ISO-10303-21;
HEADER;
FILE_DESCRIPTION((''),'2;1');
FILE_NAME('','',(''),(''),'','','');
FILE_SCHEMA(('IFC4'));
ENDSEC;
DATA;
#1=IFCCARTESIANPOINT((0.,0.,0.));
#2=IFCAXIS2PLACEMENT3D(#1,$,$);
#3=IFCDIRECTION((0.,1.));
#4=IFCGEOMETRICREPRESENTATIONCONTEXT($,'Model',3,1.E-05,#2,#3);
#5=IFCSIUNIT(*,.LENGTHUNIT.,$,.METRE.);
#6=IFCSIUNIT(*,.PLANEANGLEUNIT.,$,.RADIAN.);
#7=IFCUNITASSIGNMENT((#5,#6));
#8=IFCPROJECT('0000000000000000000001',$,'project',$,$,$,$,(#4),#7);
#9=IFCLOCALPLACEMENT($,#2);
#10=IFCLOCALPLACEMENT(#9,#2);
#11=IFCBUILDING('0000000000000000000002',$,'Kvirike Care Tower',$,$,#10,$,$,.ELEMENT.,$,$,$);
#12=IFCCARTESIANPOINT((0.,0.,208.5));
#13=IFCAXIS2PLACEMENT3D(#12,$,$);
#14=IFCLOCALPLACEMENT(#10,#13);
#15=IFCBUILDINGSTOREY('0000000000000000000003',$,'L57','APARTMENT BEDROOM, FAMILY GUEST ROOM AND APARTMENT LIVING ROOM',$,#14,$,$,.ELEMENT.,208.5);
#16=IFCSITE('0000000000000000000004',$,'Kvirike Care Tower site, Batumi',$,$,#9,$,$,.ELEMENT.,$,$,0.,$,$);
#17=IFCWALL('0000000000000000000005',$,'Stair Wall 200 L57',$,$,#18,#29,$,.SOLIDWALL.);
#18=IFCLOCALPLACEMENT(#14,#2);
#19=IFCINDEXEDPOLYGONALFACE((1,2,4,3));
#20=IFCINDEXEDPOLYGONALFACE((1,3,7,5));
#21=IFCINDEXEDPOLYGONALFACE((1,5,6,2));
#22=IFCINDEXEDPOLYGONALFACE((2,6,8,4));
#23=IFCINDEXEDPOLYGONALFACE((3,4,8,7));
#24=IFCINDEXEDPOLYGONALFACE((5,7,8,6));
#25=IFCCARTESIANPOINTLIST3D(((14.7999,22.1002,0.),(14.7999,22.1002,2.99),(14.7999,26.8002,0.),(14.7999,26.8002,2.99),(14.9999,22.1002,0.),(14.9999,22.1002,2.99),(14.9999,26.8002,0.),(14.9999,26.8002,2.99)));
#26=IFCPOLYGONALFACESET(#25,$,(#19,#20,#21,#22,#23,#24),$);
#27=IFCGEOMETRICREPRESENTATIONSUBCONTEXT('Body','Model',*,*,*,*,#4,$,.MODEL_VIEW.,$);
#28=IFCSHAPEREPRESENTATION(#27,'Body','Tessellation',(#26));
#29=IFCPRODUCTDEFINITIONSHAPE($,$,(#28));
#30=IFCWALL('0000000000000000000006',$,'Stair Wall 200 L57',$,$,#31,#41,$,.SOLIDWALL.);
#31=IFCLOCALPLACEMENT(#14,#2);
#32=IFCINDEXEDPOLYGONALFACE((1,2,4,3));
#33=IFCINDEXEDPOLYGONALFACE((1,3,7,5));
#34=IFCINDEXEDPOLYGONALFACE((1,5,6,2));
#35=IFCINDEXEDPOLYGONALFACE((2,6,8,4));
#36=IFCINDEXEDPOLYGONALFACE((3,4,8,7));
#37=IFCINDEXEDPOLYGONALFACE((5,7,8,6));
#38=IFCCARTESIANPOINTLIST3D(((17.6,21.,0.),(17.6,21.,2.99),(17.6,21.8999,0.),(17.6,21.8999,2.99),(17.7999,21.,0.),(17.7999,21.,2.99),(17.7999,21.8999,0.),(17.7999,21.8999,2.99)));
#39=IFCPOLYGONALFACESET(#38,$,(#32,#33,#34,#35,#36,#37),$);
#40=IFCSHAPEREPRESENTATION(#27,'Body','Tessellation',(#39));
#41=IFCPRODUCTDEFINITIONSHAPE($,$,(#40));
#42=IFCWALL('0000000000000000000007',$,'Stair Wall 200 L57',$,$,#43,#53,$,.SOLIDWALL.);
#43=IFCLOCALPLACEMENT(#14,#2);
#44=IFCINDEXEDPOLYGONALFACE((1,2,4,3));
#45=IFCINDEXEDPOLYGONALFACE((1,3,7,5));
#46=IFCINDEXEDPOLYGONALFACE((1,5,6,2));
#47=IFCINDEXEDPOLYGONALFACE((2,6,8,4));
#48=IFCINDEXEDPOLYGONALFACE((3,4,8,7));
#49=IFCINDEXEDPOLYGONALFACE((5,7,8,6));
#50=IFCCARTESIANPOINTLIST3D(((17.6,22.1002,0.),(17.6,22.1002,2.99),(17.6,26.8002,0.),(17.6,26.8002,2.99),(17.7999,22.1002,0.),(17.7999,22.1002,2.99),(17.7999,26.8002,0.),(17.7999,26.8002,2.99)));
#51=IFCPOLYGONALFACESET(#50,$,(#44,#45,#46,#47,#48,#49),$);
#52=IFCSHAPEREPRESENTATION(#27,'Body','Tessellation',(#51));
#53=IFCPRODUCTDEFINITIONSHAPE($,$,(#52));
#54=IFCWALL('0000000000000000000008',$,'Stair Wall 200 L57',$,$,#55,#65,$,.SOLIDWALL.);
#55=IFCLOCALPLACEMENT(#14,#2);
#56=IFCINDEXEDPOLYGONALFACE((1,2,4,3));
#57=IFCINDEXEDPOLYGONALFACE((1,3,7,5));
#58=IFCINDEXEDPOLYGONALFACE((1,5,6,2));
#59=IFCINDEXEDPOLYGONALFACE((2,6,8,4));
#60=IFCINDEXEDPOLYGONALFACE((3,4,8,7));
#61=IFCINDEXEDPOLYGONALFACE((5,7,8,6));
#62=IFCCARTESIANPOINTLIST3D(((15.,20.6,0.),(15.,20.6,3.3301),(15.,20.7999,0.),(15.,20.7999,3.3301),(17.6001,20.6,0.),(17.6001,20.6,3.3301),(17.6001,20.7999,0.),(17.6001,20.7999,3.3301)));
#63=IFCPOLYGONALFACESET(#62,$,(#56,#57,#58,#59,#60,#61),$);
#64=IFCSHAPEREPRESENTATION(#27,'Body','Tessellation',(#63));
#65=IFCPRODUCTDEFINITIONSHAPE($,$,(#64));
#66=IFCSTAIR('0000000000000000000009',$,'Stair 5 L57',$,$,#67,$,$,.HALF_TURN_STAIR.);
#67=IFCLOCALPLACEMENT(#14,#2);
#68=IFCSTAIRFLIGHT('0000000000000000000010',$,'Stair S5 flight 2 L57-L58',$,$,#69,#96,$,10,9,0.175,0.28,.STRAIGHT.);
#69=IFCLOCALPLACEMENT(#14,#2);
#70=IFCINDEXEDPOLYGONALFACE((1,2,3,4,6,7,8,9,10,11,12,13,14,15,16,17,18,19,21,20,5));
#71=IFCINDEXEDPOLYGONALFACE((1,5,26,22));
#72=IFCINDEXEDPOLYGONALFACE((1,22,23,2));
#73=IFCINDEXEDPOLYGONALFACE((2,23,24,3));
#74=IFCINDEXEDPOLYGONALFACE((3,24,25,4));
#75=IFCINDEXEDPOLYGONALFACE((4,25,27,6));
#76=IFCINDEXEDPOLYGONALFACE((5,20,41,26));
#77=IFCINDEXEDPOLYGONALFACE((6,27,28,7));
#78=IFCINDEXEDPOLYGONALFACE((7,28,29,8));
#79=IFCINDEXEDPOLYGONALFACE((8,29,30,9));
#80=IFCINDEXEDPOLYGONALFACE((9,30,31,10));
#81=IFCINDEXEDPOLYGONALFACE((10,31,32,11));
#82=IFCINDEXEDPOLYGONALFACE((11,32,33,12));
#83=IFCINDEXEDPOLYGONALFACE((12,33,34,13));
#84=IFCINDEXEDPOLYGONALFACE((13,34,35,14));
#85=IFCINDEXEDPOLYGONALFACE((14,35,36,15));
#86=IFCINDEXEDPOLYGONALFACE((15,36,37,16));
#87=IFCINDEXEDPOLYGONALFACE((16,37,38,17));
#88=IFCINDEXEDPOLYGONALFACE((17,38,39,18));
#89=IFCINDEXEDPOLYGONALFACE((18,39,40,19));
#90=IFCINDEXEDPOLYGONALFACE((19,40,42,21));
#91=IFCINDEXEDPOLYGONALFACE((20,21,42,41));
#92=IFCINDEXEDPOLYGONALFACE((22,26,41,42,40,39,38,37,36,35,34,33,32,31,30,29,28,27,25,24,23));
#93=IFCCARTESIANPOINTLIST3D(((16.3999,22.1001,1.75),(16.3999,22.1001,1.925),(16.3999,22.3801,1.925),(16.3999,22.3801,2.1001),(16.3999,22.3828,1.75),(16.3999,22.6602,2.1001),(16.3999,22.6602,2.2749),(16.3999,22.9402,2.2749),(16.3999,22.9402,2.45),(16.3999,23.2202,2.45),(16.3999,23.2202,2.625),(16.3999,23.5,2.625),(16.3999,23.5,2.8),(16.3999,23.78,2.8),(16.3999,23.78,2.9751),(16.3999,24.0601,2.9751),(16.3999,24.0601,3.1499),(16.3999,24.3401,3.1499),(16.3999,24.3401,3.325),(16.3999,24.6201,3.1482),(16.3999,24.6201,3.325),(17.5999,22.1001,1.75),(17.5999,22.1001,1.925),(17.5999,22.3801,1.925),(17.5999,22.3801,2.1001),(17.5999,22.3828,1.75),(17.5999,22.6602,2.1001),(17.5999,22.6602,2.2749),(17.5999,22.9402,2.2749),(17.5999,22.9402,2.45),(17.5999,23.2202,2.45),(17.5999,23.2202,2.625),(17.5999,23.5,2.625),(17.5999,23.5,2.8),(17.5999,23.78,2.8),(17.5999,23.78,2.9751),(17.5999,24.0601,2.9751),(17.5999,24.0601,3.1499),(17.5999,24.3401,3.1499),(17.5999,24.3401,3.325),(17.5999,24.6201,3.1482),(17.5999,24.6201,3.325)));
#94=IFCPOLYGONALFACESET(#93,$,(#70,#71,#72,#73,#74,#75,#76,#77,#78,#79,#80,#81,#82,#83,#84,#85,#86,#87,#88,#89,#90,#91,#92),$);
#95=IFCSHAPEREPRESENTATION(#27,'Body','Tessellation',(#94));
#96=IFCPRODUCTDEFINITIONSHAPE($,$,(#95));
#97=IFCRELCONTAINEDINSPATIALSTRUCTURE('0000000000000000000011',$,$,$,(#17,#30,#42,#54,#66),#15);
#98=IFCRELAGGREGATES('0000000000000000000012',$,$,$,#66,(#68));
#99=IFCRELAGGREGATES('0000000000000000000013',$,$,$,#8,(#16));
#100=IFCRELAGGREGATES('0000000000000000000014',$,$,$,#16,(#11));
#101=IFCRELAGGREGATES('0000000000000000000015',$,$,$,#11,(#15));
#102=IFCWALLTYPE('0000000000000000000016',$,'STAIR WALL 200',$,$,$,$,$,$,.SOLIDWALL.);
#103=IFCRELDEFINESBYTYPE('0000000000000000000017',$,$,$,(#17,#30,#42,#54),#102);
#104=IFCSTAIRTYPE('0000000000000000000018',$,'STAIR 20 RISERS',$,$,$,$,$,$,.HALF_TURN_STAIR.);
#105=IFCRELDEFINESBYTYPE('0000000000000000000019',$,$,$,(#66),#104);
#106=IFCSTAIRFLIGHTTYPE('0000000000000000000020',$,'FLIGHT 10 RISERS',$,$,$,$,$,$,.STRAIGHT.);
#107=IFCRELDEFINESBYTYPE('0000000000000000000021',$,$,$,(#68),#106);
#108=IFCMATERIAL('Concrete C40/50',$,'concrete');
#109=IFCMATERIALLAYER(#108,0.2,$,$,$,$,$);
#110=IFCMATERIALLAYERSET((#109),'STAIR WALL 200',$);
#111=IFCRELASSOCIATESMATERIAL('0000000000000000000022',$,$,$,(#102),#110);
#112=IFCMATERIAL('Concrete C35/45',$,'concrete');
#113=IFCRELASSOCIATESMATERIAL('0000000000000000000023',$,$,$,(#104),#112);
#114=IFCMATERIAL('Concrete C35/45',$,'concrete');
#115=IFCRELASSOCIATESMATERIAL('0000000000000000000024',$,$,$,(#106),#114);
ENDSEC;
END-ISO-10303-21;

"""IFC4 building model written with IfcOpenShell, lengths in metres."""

from ifc_helpers import new_model, si_unit, direction, frame, frame_2d, origin, place, context, subcontext, project, spatial, polyline, rectangle, outline, extrude, material, layer, layer_set, type_object, element, aggregate, save


model = new_model("IFC4")

# Units and contexts
model_context = context("Model", 3, precision=1e-05, world=origin(), true_north=direction((0.0, 1.0)))
body_context = subcontext(model_context, "Body", "Model", "MODEL_VIEW")
ifc_project = project(units=[si_unit("LENGTHUNIT", "METRE"), si_unit("PLANEANGLEUNIT", "RADIAN")], contexts=[model_context])

# Site, building, storey
site_placement = place(None, origin())
site = spatial("IfcSite", under=ifc_project, at=site_placement, Name="Kvirike Care Tower site, Batumi", CompositionType="ELEMENT", RefElevation=0.0)
building_placement = place(site_placement, origin())
building = spatial("IfcBuilding", under=site, at=building_placement, Name="Kvirike Care Tower", CompositionType="ELEMENT")
storey_placement = place(building_placement, frame((0.0, 0.0, 208.5)))
storey = spatial("IfcBuildingStorey", under=building, at=storey_placement, Name="L57", Description="APARTMENT BEDROOM, FAMILY GUEST ROOM AND APARTMENT LIVING ROOM", CompositionType="ELEMENT", Elevation=208.5)

# Walls
ifc_material_1 = material(Name="Concrete C40/50", Category="concrete")
ifc_layer_1 = layer(ifc_material_1, 0.2)
ifc_layer_set_1 = layer_set([ifc_layer_1], Name="STAIR WALL 200")
wall_type = type_object("IfcWallType", Name="STAIR WALL 200", PredefinedType="SOLIDWALL", material=ifc_layer_set_1)
wall_1_placement = place(storey_placement, frame((14.8999, 22.1001, 0.0), z_axis=(0.0, 0.0, 1.0), x_axis=(0.0, 1.0, 0.0)))
element("IfcWall", 1, at=wall_1_placement, inside=storey, type_object=wall_type, Name="Stair Wall 200 L57", PredefinedType="SOLIDWALL", context=body_context, shape_type="SweptSolid", body=[
    extrude(rectangle(XDim=4.7, YDim=0.2, at=frame_2d((2.3501, 0.0))), origin(), (0.0, 0.0, 1.0), 2.99),
])
wall_2_placement = place(storey_placement, frame((17.7, 21.0, 0.0), z_axis=(0.0, 0.0, 1.0), x_axis=(0.0, 1.0, 0.0)))
element("IfcWall", 2, at=wall_2_placement, inside=storey, type_object=wall_type, Name="Stair Wall 200 L57", PredefinedType="SOLIDWALL", context=body_context, shape_type="SweptSolid", body=[
    extrude(rectangle(XDim=0.8999, YDim=0.2, at=frame_2d((0.45, 0.0))), origin(), (0.0, 0.0, 1.0), 2.99),
])
wall_3_placement = place(storey_placement, frame((17.7, 22.1001, 0.0), z_axis=(0.0, 0.0, 1.0), x_axis=(0.0, 1.0, 0.0)))
element("IfcWall", 3, at=wall_3_placement, inside=storey, type_object=wall_type, Name="Stair Wall 200 L57", PredefinedType="SOLIDWALL", context=body_context, shape_type="SweptSolid", body=[
    extrude(rectangle(XDim=4.7, YDim=0.2, at=frame_2d((2.3501, 0.0))), origin(), (0.0, 0.0, 1.0), 2.99),
])
wall_4_placement = place(storey_placement, frame((15.0, 20.7, 0.0), z_axis=(0.0, 0.0, 1.0), x_axis=(1.0, 0.0, 0.0)))
element("IfcWall", 4, at=wall_4_placement, inside=storey, type_object=wall_type, Name="Stair Wall 200 L57", PredefinedType="SOLIDWALL", context=body_context, shape_type="SweptSolid", body=[
    extrude(rectangle(XDim=2.6001, YDim=0.2, at=frame_2d((1.3, 0.0))), origin(), (0.0, 0.0, 1.0), 3.3301),
])

# Stair, stair flight
ifc_material_2 = material(Name="Concrete C35/45", Category="concrete")
stair_type = type_object("IfcStairType", Name="STAIR 20 RISERS", PredefinedType="HALF_TURN_STAIR", material=ifc_material_2)
stair_placement = place(storey_placement, origin())
stair = element("IfcStair", 5, at=stair_placement, inside=storey, type_object=stair_type, Name="Stair 5 L57", PredefinedType="HALF_TURN_STAIR")
ifc_material_3 = material(Name="Concrete C35/45", Category="concrete")
stair_flight_type = type_object("IfcStairFlightType", Name="FLIGHT 10 RISERS", PredefinedType="STRAIGHT", material=ifc_material_3)
stair_flight_placement = place(storey_placement, frame((17.0, 22.1001, 1.75), z_axis=(0.0, 0.0, 1.0), x_axis=(0.0, 1.0, 0.0)))
stair_flight = element("IfcStairFlight", 6, at=stair_flight_placement, type_object=stair_flight_type, Name="Stair S5 flight 2 L57-L58", NumberOfRisers=10, NumberOfTreads=9, PredefinedType="STRAIGHT", RiserHeight=0.175, TreadLength=0.28, context=body_context, shape_type="SweptSolid", body=[
    extrude(outline(polyline([(0.0, 0.0), (0.0, 0.175), (0.28, 0.175), (0.28, 0.3501), (0.5601, 0.3501), (0.5601, 0.5249), (0.8401, 0.5249), (0.8401, 0.7), (1.1201, 0.7), (1.1201, 0.875), (1.3999, 0.875), (1.3999, 1.05), (1.6799, 1.05), (1.6799, 1.2251), (1.96, 1.2251), (1.96, 1.3999), (2.24, 1.3999), (2.24, 1.575), (2.52, 1.575), (2.52, 1.75), (2.52, 1.3982), (0.2827, 0.0), (0.0, 0.0)])), frame((0.0, 0.6001, 0.0), z_axis=(0.0, -1.0, 0.0), x_axis=(1.0, 0.0, 0.0)), (0.0, 0.0, 1.0), 1.2),
])
aggregate(stair, [stair_flight])

save(model, "model.ifc")
